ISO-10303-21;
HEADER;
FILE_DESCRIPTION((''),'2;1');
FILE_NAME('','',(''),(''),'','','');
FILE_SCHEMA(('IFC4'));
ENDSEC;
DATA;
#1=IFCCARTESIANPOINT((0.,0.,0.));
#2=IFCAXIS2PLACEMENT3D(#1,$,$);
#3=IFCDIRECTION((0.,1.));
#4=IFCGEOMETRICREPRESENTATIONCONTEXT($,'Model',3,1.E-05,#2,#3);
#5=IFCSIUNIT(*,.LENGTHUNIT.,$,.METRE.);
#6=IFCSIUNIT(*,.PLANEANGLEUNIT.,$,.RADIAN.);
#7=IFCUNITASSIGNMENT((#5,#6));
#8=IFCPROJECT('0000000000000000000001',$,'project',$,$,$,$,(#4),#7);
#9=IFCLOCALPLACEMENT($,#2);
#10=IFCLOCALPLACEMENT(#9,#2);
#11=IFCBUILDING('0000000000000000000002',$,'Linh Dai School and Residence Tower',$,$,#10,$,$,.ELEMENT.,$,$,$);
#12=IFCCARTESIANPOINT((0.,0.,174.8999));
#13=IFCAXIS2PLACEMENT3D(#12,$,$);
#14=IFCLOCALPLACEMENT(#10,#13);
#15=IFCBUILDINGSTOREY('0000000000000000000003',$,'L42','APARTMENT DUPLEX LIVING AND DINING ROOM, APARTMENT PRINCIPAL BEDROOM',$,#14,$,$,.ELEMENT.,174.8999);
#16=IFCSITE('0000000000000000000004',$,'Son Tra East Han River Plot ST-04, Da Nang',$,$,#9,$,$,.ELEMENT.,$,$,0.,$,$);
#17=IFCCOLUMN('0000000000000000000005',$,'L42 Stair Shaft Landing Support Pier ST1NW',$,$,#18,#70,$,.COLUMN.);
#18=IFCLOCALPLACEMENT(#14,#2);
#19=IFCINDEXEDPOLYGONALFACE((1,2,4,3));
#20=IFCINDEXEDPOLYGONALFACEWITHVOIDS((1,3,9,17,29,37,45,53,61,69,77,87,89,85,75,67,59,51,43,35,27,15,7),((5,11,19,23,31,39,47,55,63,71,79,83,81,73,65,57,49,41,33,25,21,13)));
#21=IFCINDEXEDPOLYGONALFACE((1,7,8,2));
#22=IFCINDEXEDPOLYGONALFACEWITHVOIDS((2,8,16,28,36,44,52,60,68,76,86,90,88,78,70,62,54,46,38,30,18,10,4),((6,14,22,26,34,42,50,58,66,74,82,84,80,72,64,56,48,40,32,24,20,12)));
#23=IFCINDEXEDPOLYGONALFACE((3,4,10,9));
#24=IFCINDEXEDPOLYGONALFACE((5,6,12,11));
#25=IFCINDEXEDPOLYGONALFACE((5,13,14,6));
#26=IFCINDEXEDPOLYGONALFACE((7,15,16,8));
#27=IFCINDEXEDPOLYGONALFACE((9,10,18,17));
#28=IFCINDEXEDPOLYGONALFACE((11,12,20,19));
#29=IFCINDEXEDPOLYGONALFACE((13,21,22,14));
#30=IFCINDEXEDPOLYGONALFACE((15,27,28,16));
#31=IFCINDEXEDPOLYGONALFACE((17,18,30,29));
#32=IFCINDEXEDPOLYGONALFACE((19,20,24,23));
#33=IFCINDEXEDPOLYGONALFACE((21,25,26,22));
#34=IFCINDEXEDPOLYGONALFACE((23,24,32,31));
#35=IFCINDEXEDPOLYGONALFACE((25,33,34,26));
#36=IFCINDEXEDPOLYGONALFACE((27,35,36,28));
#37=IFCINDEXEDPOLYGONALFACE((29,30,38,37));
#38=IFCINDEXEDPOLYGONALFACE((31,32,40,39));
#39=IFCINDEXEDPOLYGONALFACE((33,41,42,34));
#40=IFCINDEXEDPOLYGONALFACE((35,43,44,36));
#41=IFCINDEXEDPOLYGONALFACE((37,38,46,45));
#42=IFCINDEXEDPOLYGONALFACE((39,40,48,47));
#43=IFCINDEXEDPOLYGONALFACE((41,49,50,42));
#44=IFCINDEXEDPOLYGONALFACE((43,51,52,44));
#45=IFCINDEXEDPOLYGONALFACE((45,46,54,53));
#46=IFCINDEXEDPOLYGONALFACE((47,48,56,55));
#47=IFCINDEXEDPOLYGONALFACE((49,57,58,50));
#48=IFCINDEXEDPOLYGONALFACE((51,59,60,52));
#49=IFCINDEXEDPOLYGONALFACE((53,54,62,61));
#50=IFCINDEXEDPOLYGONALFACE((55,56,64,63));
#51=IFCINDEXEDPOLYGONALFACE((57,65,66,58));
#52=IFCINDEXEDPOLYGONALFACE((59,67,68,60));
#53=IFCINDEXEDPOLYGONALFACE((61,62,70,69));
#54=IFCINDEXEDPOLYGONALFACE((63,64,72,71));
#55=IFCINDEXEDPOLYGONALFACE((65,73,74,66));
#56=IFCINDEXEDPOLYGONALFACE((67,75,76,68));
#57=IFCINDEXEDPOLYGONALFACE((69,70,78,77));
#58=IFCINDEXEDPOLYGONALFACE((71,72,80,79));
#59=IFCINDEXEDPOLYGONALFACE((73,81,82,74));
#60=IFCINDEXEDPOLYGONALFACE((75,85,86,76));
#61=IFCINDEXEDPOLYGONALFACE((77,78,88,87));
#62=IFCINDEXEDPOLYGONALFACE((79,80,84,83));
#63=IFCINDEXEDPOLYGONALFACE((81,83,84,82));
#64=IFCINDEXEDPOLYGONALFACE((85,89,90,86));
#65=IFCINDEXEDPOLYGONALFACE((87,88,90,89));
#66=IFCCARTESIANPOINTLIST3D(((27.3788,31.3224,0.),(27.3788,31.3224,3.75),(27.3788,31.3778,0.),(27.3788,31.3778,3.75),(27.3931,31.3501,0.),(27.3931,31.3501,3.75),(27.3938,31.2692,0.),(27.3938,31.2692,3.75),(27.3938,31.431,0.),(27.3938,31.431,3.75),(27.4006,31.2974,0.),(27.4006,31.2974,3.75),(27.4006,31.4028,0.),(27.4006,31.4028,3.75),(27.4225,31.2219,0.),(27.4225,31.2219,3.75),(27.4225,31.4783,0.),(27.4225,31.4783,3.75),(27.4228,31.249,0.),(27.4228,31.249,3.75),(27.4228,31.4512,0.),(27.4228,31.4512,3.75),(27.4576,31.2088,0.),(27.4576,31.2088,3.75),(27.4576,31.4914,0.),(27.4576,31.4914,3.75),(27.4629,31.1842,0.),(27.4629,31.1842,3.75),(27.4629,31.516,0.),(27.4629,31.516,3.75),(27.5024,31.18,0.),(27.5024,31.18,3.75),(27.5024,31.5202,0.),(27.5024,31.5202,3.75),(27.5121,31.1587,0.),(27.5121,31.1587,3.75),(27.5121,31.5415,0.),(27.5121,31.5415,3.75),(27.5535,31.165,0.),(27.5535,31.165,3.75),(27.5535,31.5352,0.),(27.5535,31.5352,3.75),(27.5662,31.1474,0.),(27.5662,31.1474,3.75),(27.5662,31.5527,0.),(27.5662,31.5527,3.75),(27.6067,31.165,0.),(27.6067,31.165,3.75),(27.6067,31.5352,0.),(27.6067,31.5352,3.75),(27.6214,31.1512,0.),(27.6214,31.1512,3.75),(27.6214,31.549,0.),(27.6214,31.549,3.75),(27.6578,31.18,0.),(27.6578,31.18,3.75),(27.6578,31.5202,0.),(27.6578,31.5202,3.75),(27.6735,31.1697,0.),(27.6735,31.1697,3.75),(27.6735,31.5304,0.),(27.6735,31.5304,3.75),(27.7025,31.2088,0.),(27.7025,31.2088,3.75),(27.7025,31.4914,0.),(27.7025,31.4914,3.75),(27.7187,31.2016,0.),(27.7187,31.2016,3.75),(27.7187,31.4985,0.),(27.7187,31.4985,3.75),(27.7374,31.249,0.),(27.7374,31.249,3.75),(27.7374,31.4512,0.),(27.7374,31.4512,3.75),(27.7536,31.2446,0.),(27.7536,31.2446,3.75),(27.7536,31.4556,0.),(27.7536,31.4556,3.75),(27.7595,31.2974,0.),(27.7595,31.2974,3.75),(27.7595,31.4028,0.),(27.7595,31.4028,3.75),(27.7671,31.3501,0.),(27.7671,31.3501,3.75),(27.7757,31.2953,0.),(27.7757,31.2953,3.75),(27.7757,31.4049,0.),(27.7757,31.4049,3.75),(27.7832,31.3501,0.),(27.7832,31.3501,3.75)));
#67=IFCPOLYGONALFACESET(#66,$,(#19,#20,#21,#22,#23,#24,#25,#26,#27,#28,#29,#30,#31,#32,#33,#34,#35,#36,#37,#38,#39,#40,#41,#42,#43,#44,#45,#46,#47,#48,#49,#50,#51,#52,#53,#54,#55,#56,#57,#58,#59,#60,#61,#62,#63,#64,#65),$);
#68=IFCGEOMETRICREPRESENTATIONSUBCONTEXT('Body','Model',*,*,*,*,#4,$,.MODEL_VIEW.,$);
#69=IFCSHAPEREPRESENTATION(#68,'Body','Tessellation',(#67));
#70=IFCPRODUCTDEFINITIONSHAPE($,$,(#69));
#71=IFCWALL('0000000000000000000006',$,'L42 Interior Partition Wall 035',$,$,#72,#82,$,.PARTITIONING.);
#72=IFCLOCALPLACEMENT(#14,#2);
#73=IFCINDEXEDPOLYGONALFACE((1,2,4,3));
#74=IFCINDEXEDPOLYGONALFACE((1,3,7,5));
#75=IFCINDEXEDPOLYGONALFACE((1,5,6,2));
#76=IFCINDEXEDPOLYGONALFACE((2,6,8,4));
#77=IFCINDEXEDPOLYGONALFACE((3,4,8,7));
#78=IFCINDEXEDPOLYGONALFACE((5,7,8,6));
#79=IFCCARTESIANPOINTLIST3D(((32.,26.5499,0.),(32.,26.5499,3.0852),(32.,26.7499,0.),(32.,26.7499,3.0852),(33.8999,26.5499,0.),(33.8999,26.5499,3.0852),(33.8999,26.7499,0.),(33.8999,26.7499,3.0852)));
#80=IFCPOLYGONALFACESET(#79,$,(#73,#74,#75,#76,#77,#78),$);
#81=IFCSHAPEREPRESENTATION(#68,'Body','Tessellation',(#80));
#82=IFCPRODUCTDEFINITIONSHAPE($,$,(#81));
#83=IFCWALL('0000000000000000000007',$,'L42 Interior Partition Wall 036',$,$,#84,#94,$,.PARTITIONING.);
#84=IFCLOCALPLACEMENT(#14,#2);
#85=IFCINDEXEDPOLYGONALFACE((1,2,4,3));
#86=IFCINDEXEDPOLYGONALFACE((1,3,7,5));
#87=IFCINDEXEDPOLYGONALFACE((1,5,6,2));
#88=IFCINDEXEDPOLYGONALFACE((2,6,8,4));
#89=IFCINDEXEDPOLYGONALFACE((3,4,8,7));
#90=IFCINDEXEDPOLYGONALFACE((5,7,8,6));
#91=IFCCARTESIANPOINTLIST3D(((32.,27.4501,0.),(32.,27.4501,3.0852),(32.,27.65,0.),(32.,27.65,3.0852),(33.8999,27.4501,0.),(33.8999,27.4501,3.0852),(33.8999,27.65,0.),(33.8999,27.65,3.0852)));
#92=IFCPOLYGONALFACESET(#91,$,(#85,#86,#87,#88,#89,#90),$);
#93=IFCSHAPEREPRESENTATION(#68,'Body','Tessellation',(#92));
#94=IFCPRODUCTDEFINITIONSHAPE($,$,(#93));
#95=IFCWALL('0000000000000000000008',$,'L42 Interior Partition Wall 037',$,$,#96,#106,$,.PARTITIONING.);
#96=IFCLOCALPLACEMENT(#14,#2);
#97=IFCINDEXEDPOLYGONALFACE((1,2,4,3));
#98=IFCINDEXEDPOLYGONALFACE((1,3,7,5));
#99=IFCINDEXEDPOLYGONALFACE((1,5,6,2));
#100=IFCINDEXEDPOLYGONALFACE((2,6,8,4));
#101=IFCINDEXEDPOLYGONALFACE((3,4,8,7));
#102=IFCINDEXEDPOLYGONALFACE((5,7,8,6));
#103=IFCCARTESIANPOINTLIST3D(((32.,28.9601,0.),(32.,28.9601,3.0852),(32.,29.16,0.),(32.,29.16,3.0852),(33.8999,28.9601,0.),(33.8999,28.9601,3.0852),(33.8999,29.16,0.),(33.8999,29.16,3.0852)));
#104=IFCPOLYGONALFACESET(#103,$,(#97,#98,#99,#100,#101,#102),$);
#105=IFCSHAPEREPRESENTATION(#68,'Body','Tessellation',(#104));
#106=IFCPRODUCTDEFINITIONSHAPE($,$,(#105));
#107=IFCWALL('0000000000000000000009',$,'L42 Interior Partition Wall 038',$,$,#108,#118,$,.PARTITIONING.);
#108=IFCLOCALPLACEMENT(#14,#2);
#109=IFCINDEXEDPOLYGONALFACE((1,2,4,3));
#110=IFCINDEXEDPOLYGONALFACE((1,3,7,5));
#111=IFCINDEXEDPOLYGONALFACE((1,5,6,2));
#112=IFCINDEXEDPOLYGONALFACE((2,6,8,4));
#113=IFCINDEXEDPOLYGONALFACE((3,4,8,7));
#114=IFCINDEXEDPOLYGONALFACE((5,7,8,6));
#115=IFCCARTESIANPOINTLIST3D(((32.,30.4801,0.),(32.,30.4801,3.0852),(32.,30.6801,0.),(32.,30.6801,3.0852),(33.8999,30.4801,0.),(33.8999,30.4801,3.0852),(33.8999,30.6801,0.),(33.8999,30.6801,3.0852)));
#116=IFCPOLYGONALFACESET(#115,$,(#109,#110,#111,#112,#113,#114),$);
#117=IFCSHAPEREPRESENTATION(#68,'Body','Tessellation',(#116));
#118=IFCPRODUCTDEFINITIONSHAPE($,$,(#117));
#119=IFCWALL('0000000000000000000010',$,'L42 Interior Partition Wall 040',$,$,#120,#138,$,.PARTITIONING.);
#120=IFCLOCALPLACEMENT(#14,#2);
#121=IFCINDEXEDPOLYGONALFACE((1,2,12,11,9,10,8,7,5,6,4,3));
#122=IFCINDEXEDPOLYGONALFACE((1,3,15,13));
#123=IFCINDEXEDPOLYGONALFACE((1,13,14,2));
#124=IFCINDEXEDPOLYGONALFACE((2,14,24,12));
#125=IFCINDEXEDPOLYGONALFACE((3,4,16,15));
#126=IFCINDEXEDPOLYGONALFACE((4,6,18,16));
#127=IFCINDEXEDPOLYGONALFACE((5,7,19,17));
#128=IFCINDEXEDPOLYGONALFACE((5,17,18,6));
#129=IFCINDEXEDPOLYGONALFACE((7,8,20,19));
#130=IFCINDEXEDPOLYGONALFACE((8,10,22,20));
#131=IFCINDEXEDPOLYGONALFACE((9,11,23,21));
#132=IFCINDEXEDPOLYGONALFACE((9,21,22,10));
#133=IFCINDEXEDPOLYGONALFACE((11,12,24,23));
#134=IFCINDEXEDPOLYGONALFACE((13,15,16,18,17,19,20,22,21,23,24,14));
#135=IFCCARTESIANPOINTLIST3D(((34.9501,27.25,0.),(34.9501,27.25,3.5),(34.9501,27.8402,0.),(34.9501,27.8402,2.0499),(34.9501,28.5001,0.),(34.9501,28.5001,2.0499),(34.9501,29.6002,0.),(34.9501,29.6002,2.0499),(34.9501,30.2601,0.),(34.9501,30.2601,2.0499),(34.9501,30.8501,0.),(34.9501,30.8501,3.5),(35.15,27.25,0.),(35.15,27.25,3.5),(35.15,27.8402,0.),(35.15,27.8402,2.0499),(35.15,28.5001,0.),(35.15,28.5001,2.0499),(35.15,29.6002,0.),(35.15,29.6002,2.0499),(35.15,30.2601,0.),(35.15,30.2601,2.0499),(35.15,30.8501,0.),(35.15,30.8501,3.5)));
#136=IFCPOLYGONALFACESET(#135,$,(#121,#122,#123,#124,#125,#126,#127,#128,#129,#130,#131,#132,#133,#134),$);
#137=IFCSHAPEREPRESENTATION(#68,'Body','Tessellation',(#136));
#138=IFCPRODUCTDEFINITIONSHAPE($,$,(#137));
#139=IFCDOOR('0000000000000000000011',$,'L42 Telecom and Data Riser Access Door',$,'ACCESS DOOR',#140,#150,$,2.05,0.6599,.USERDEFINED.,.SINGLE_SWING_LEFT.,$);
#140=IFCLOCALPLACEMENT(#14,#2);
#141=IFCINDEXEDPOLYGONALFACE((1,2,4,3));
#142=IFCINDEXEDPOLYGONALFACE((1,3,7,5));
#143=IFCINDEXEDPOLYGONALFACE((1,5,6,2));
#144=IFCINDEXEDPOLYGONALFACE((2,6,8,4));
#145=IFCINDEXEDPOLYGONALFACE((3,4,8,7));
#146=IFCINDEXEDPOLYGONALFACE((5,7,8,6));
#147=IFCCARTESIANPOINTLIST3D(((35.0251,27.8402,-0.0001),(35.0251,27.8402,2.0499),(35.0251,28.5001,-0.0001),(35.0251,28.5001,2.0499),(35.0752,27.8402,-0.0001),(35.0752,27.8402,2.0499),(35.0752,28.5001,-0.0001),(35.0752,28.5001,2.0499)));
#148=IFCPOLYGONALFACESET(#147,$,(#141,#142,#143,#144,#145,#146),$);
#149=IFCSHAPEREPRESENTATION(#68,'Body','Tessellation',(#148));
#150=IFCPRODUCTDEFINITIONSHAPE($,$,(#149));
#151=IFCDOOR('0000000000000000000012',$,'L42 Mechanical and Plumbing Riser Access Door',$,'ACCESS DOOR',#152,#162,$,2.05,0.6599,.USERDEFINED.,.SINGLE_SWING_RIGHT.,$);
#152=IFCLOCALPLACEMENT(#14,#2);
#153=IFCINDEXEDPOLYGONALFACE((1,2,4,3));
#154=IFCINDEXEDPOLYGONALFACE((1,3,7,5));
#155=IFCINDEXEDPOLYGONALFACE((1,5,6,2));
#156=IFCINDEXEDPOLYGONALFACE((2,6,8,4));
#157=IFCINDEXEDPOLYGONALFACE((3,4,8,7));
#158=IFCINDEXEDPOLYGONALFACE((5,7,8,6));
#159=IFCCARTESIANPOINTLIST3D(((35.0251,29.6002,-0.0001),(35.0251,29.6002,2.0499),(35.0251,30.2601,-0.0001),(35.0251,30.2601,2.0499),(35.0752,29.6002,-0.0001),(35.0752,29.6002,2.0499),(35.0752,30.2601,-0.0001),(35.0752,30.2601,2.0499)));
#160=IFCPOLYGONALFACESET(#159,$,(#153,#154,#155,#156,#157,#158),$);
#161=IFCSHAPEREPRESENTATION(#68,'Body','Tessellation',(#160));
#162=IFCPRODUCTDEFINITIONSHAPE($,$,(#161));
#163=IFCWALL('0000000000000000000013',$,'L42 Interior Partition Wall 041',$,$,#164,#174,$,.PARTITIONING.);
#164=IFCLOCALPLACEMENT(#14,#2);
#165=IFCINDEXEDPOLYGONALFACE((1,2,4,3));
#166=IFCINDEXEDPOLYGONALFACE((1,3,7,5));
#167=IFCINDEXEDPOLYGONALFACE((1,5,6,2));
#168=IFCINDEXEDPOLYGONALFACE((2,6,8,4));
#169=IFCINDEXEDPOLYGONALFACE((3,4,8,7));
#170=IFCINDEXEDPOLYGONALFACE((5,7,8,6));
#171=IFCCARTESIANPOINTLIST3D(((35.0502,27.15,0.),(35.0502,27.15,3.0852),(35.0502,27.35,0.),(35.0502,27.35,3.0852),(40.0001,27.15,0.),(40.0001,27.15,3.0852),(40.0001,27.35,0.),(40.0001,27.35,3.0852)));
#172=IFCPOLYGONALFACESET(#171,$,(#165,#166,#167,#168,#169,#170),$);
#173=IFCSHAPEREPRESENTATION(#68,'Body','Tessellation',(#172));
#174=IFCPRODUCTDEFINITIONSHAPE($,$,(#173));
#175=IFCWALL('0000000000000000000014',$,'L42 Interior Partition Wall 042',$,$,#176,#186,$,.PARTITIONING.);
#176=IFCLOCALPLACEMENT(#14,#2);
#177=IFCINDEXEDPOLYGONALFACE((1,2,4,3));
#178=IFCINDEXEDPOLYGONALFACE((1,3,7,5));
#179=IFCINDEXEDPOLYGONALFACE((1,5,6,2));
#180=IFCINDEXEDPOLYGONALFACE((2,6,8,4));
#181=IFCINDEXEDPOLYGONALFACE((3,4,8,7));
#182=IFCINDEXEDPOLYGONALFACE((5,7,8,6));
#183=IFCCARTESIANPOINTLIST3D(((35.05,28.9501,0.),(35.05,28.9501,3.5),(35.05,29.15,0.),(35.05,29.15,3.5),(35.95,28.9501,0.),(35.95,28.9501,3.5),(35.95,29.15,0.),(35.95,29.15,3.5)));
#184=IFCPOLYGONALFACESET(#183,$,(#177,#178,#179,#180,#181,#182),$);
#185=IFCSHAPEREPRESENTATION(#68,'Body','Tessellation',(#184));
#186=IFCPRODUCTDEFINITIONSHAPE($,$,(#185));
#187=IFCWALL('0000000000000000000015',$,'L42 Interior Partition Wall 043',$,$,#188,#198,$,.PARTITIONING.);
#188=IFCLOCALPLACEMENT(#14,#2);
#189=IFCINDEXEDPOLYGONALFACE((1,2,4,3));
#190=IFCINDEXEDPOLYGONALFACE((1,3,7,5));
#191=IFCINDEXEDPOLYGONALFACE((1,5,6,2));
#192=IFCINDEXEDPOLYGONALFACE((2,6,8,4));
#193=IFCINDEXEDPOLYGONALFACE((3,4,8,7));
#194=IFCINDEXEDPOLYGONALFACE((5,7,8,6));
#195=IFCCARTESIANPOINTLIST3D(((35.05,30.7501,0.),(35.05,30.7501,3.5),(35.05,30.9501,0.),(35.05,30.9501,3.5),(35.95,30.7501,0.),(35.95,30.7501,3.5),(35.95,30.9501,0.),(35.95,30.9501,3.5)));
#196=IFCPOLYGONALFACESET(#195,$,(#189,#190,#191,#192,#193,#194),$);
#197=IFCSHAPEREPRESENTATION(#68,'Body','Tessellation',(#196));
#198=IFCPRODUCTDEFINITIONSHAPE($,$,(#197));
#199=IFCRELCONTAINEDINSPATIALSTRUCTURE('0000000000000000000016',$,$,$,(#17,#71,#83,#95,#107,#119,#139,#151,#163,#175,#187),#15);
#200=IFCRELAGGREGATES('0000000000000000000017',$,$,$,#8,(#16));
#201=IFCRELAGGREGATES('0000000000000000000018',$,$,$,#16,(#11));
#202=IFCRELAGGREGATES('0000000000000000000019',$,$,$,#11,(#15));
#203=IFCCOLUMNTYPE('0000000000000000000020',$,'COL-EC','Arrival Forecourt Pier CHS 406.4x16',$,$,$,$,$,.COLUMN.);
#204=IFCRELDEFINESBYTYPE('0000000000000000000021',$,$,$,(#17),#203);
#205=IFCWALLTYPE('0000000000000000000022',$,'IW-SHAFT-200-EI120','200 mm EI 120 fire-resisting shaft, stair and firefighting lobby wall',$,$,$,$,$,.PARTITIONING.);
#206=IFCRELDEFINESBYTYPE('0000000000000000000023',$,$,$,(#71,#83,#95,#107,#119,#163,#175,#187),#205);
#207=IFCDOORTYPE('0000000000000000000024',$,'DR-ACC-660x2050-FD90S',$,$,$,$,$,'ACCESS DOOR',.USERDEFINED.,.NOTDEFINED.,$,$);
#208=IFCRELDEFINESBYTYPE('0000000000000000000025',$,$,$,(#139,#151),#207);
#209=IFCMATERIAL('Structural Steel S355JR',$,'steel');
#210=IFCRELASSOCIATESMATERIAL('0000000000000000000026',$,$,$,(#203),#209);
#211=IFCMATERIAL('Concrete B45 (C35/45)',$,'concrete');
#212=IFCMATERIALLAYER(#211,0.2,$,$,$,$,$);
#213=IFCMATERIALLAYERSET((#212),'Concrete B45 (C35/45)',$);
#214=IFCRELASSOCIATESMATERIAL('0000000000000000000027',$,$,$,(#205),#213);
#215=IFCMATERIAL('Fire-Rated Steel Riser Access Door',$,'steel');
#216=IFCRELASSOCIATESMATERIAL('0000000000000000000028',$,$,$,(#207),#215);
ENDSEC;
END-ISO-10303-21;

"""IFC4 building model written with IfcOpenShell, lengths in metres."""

from ifc_helpers import new_model, si_unit, direction, frame, frame_2d, origin, origin_2d, place, context, subcontext, project, spatial, rectangle, hollow_circle, extrude, source, transform, mapped, material, layer, layer_set, material_profile, profile_set, type_object, element, fill, save


model = new_model("IFC4")

# Units and contexts
model_context = context("Model", 3, precision=1e-05, world=origin(), true_north=direction((0.0, 1.0)))
body_context = subcontext(model_context, "Body", "Model", "MODEL_VIEW")
ifc_project = project(units=[si_unit("LENGTHUNIT", "METRE"), si_unit("PLANEANGLEUNIT", "RADIAN")], contexts=[model_context])

# Site, building, storey
site_placement = place(None, origin())
site = spatial("IfcSite", under=ifc_project, at=site_placement, Name="Son Tra East Han River Plot ST-04, Da Nang", CompositionType="ELEMENT", RefElevation=0.0)
building_placement = place(site_placement, origin())
building = spatial("IfcBuilding", under=site, at=building_placement, Name="Linh Dai School and Residence Tower", CompositionType="ELEMENT")
storey_placement = place(building_placement, frame((0.0, 0.0, 174.8999)))
storey = spatial("IfcBuildingStorey", under=building, at=storey_placement, Name="L42", Description="APARTMENT DUPLEX LIVING AND DINING ROOM, APARTMENT PRINCIPAL BEDROOM", CompositionType="ELEMENT", Elevation=174.8999)

# Column
ifc_material_1 = material(Name="Structural Steel S355JR", Category="steel")
ifc_material_profile = material_profile(ifc_material_1, hollow_circle(Radius=0.2031, WallThickness=0.0161, at=origin_2d()), Name="CHS 406.4x16")
ifc_profile_set = profile_set([ifc_material_profile], Name="Structural Steel S355JR")
column_type = type_object("IfcColumnType", Name="COL-EC", Description="Arrival Forecourt Pier CHS 406.4x16", PredefinedType="COLUMN", material=ifc_profile_set)
column_placement = place(storey_placement, frame((27.5801, 31.3501, 0.0), z_axis=(0.0, 0.0, 1.0), x_axis=(1.0, 0.0, 0.0)))
element("IfcColumn", 1, at=column_placement, inside=storey, type_object=column_type, Name="L42 Stair Shaft Landing Support Pier ST1NW", PredefinedType="COLUMN", context=body_context, shape_type="SweptSolid", body=[
    extrude(hollow_circle(Radius=0.2031, WallThickness=0.0161, at=origin_2d()), origin(), (0.0, 0.0, 1.0), 3.75),
])

# Walls
ifc_material_2 = material(Name="Concrete B45 (C35/45)", Category="concrete")
ifc_layer_1 = layer(ifc_material_2, 0.2)
ifc_layer_set_1 = layer_set([ifc_layer_1], Name="Concrete B45 (C35/45)")
wall_type_1 = type_object("IfcWallType", Name="IW-SHAFT-200-EI120", Description="200 mm EI 120 fire-resisting shaft, stair and firefighting lobby wall", PredefinedType="PARTITIONING", material=ifc_layer_set_1)
for number, where, z_axis, x_axis, name in (
    (2, (32.0, 26.6499, 0.0), (0.0, 0.0, 1.0), (1.0, 0.0, 0.0), "L42 Interior Partition Wall 035"),
    (3, (32.0, 27.55, 0.0), (0.0, 0.0, 1.0), (1.0, 0.0, 0.0), "L42 Interior Partition Wall 036"),
    (4, (32.0, 29.0601, 0.0), (0.0, 0.0, 1.0), (1.0, 0.0, 0.0), "L42 Interior Partition Wall 037"),
    (5, (32.0, 30.5801, 0.0), (0.0, 0.0, 1.0), (1.0, 0.0, 0.0), "L42 Interior Partition Wall 038"),
):
    element("IfcWall", number, at=place(storey_placement, frame(where, z_axis=z_axis, x_axis=x_axis)), inside=storey, type_object=wall_type_1, Name=name, PredefinedType="PARTITIONING", context=body_context, shape_type="SweptSolid", body=[
        extrude(rectangle(XDim=1.8999, YDim=0.2, at=frame_2d((0.95, 0.0))), origin(), (0.0, 0.0, 1.0), 3.0852),
    ])

# Wall, openings, doors
wall_1_placement = place(storey_placement, frame((35.05, 27.25, 0.0), z_axis=(0.0, 0.0, 1.0), x_axis=(0.0, 1.0, 0.0)))
wall_1 = element("IfcWall", 6, at=wall_1_placement, inside=storey, type_object=wall_type_1, Name="L42 Interior Partition Wall 040", PredefinedType="PARTITIONING", context=body_context, shape_type="SweptSolid", body=[
    extrude(rectangle(XDim=3.6001, YDim=0.2, at=frame_2d((1.8, 0.0))), origin(), (0.0, 0.0, 1.0), 3.5),
])
opening_1_placement = place(wall_1_placement, frame((0.5901, 0.0, 0.0)))
opening_1 = element("IfcOpeningElement", 7, at=opening_1_placement, cuts=wall_1, PredefinedType="OPENING", context=body_context, shape_type="SweptSolid", body=[
    extrude(rectangle(XDim=0.6599, YDim=2.05, at=origin_2d()), frame((0.3301, 0.1099, 1.0249), z_axis=(0.0, -1.0, 0.0), x_axis=(1.0, 0.0, 0.0)), (0.0, 0.0, 1.0), 0.22),
])
opening_2_placement = place(wall_1_placement, frame((2.3501, 0.0, 0.0)))
opening_2 = element("IfcOpeningElement", 8, at=opening_2_placement, cuts=wall_1, PredefinedType="OPENING", context=body_context, shape_type="SweptSolid", body=[
    extrude(rectangle(XDim=0.6599, YDim=2.05, at=origin_2d()), frame((0.3301, 0.1099, 1.0249), z_axis=(0.0, -1.0, 0.0), x_axis=(1.0, 0.0, 0.0)), (0.0, 0.0, 1.0), 0.22),
])
ifc_material_3 = material(Name="Fire-Rated Steel Riser Access Door", Category="steel")
door_type_1 = type_object("IfcDoorType", Name="DR-ACC-660x2050-FD90S", ElementType="ACCESS DOOR", OperationType="NOTDEFINED", PredefinedType="USERDEFINED", material=ifc_material_3)
shared_shape_1 = source(origin(), body_context, "Body", "SweptSolid", [
    extrude(rectangle(XDim=0.6599, YDim=2.05, at=origin_2d()), frame((0.3301, 0.0249, 1.0249), z_axis=(0.0, -1.0, 0.0), x_axis=(1.0, 0.0, 0.0)), (0.0, 0.0, 1.0), 0.05),
])
door_1_placement = place(opening_1_placement, origin())
door_1 = element("IfcDoor", 9, at=door_1_placement, inside=storey, type_object=door_type_1, Name="L42 Telecom and Data Riser Access Door", ObjectType="ACCESS DOOR", OperationType="SINGLE_SWING_LEFT", OverallHeight=2.05, OverallWidth=0.6599, PredefinedType="USERDEFINED", context=body_context, shape_type="MappedRepresentation", body=[
    mapped(shared_shape_1, transform((0.0, 0.0, 0.0), x_axis=(1.0, 0.0, 0.0), y_axis=(0.0, 1.0, 0.0), z_axis=(0.0, 0.0, 1.0), scale=1.0)),
])
fill(opening_1, door_1)
door_2_placement = place(opening_2_placement, origin())
door_2 = element("IfcDoor", 10, at=door_2_placement, inside=storey, type_object=door_type_1, Name="L42 Mechanical and Plumbing Riser Access Door", ObjectType="ACCESS DOOR", OperationType="SINGLE_SWING_RIGHT", OverallHeight=2.05, OverallWidth=0.6599, PredefinedType="USERDEFINED", context=body_context, shape_type="MappedRepresentation", body=[
    mapped(shared_shape_1, transform((0.0, 0.0, 0.0), x_axis=(1.0, 0.0, 0.0), y_axis=(0.0, 1.0, 0.0), z_axis=(0.0, 0.0, 1.0), scale=1.0)),
])
fill(opening_2, door_2)

# Walls
wall_2_placement = place(storey_placement, frame((35.05, 27.25, 0.0), z_axis=(0.0, 0.0, 1.0), x_axis=(1.0, 0.0, 0.0)))
element("IfcWall", 11, at=wall_2_placement, inside=storey, type_object=wall_type_1, Name="L42 Interior Partition Wall 041", PredefinedType="PARTITIONING", context=body_context, shape_type="SweptSolid", body=[
    extrude(rectangle(XDim=4.95, YDim=0.2, at=frame_2d((2.4751, 0.0))), origin(), (0.0, 0.0, 1.0), 3.0852),
])
for number, where, z_axis, x_axis, name in (
    (12, (35.05, 29.05, 0.0), (0.0, 0.0, 1.0), (1.0, 0.0, 0.0), "L42 Interior Partition Wall 042"),
    (13, (35.05, 30.8501, 0.0), (0.0, 0.0, 1.0), (1.0, 0.0, 0.0), "L42 Interior Partition Wall 043"),
):
    element("IfcWall", number, at=place(storey_placement, frame(where, z_axis=z_axis, x_axis=x_axis)), inside=storey, type_object=wall_type_1, Name=name, PredefinedType="PARTITIONING", context=body_context, shape_type="SweptSolid", body=[
        extrude(rectangle(XDim=0.8999, YDim=0.2, at=frame_2d((0.45, 0.0))), origin(), (0.0, 0.0, 1.0), 3.5),
    ])

save(model, "model.ifc")
